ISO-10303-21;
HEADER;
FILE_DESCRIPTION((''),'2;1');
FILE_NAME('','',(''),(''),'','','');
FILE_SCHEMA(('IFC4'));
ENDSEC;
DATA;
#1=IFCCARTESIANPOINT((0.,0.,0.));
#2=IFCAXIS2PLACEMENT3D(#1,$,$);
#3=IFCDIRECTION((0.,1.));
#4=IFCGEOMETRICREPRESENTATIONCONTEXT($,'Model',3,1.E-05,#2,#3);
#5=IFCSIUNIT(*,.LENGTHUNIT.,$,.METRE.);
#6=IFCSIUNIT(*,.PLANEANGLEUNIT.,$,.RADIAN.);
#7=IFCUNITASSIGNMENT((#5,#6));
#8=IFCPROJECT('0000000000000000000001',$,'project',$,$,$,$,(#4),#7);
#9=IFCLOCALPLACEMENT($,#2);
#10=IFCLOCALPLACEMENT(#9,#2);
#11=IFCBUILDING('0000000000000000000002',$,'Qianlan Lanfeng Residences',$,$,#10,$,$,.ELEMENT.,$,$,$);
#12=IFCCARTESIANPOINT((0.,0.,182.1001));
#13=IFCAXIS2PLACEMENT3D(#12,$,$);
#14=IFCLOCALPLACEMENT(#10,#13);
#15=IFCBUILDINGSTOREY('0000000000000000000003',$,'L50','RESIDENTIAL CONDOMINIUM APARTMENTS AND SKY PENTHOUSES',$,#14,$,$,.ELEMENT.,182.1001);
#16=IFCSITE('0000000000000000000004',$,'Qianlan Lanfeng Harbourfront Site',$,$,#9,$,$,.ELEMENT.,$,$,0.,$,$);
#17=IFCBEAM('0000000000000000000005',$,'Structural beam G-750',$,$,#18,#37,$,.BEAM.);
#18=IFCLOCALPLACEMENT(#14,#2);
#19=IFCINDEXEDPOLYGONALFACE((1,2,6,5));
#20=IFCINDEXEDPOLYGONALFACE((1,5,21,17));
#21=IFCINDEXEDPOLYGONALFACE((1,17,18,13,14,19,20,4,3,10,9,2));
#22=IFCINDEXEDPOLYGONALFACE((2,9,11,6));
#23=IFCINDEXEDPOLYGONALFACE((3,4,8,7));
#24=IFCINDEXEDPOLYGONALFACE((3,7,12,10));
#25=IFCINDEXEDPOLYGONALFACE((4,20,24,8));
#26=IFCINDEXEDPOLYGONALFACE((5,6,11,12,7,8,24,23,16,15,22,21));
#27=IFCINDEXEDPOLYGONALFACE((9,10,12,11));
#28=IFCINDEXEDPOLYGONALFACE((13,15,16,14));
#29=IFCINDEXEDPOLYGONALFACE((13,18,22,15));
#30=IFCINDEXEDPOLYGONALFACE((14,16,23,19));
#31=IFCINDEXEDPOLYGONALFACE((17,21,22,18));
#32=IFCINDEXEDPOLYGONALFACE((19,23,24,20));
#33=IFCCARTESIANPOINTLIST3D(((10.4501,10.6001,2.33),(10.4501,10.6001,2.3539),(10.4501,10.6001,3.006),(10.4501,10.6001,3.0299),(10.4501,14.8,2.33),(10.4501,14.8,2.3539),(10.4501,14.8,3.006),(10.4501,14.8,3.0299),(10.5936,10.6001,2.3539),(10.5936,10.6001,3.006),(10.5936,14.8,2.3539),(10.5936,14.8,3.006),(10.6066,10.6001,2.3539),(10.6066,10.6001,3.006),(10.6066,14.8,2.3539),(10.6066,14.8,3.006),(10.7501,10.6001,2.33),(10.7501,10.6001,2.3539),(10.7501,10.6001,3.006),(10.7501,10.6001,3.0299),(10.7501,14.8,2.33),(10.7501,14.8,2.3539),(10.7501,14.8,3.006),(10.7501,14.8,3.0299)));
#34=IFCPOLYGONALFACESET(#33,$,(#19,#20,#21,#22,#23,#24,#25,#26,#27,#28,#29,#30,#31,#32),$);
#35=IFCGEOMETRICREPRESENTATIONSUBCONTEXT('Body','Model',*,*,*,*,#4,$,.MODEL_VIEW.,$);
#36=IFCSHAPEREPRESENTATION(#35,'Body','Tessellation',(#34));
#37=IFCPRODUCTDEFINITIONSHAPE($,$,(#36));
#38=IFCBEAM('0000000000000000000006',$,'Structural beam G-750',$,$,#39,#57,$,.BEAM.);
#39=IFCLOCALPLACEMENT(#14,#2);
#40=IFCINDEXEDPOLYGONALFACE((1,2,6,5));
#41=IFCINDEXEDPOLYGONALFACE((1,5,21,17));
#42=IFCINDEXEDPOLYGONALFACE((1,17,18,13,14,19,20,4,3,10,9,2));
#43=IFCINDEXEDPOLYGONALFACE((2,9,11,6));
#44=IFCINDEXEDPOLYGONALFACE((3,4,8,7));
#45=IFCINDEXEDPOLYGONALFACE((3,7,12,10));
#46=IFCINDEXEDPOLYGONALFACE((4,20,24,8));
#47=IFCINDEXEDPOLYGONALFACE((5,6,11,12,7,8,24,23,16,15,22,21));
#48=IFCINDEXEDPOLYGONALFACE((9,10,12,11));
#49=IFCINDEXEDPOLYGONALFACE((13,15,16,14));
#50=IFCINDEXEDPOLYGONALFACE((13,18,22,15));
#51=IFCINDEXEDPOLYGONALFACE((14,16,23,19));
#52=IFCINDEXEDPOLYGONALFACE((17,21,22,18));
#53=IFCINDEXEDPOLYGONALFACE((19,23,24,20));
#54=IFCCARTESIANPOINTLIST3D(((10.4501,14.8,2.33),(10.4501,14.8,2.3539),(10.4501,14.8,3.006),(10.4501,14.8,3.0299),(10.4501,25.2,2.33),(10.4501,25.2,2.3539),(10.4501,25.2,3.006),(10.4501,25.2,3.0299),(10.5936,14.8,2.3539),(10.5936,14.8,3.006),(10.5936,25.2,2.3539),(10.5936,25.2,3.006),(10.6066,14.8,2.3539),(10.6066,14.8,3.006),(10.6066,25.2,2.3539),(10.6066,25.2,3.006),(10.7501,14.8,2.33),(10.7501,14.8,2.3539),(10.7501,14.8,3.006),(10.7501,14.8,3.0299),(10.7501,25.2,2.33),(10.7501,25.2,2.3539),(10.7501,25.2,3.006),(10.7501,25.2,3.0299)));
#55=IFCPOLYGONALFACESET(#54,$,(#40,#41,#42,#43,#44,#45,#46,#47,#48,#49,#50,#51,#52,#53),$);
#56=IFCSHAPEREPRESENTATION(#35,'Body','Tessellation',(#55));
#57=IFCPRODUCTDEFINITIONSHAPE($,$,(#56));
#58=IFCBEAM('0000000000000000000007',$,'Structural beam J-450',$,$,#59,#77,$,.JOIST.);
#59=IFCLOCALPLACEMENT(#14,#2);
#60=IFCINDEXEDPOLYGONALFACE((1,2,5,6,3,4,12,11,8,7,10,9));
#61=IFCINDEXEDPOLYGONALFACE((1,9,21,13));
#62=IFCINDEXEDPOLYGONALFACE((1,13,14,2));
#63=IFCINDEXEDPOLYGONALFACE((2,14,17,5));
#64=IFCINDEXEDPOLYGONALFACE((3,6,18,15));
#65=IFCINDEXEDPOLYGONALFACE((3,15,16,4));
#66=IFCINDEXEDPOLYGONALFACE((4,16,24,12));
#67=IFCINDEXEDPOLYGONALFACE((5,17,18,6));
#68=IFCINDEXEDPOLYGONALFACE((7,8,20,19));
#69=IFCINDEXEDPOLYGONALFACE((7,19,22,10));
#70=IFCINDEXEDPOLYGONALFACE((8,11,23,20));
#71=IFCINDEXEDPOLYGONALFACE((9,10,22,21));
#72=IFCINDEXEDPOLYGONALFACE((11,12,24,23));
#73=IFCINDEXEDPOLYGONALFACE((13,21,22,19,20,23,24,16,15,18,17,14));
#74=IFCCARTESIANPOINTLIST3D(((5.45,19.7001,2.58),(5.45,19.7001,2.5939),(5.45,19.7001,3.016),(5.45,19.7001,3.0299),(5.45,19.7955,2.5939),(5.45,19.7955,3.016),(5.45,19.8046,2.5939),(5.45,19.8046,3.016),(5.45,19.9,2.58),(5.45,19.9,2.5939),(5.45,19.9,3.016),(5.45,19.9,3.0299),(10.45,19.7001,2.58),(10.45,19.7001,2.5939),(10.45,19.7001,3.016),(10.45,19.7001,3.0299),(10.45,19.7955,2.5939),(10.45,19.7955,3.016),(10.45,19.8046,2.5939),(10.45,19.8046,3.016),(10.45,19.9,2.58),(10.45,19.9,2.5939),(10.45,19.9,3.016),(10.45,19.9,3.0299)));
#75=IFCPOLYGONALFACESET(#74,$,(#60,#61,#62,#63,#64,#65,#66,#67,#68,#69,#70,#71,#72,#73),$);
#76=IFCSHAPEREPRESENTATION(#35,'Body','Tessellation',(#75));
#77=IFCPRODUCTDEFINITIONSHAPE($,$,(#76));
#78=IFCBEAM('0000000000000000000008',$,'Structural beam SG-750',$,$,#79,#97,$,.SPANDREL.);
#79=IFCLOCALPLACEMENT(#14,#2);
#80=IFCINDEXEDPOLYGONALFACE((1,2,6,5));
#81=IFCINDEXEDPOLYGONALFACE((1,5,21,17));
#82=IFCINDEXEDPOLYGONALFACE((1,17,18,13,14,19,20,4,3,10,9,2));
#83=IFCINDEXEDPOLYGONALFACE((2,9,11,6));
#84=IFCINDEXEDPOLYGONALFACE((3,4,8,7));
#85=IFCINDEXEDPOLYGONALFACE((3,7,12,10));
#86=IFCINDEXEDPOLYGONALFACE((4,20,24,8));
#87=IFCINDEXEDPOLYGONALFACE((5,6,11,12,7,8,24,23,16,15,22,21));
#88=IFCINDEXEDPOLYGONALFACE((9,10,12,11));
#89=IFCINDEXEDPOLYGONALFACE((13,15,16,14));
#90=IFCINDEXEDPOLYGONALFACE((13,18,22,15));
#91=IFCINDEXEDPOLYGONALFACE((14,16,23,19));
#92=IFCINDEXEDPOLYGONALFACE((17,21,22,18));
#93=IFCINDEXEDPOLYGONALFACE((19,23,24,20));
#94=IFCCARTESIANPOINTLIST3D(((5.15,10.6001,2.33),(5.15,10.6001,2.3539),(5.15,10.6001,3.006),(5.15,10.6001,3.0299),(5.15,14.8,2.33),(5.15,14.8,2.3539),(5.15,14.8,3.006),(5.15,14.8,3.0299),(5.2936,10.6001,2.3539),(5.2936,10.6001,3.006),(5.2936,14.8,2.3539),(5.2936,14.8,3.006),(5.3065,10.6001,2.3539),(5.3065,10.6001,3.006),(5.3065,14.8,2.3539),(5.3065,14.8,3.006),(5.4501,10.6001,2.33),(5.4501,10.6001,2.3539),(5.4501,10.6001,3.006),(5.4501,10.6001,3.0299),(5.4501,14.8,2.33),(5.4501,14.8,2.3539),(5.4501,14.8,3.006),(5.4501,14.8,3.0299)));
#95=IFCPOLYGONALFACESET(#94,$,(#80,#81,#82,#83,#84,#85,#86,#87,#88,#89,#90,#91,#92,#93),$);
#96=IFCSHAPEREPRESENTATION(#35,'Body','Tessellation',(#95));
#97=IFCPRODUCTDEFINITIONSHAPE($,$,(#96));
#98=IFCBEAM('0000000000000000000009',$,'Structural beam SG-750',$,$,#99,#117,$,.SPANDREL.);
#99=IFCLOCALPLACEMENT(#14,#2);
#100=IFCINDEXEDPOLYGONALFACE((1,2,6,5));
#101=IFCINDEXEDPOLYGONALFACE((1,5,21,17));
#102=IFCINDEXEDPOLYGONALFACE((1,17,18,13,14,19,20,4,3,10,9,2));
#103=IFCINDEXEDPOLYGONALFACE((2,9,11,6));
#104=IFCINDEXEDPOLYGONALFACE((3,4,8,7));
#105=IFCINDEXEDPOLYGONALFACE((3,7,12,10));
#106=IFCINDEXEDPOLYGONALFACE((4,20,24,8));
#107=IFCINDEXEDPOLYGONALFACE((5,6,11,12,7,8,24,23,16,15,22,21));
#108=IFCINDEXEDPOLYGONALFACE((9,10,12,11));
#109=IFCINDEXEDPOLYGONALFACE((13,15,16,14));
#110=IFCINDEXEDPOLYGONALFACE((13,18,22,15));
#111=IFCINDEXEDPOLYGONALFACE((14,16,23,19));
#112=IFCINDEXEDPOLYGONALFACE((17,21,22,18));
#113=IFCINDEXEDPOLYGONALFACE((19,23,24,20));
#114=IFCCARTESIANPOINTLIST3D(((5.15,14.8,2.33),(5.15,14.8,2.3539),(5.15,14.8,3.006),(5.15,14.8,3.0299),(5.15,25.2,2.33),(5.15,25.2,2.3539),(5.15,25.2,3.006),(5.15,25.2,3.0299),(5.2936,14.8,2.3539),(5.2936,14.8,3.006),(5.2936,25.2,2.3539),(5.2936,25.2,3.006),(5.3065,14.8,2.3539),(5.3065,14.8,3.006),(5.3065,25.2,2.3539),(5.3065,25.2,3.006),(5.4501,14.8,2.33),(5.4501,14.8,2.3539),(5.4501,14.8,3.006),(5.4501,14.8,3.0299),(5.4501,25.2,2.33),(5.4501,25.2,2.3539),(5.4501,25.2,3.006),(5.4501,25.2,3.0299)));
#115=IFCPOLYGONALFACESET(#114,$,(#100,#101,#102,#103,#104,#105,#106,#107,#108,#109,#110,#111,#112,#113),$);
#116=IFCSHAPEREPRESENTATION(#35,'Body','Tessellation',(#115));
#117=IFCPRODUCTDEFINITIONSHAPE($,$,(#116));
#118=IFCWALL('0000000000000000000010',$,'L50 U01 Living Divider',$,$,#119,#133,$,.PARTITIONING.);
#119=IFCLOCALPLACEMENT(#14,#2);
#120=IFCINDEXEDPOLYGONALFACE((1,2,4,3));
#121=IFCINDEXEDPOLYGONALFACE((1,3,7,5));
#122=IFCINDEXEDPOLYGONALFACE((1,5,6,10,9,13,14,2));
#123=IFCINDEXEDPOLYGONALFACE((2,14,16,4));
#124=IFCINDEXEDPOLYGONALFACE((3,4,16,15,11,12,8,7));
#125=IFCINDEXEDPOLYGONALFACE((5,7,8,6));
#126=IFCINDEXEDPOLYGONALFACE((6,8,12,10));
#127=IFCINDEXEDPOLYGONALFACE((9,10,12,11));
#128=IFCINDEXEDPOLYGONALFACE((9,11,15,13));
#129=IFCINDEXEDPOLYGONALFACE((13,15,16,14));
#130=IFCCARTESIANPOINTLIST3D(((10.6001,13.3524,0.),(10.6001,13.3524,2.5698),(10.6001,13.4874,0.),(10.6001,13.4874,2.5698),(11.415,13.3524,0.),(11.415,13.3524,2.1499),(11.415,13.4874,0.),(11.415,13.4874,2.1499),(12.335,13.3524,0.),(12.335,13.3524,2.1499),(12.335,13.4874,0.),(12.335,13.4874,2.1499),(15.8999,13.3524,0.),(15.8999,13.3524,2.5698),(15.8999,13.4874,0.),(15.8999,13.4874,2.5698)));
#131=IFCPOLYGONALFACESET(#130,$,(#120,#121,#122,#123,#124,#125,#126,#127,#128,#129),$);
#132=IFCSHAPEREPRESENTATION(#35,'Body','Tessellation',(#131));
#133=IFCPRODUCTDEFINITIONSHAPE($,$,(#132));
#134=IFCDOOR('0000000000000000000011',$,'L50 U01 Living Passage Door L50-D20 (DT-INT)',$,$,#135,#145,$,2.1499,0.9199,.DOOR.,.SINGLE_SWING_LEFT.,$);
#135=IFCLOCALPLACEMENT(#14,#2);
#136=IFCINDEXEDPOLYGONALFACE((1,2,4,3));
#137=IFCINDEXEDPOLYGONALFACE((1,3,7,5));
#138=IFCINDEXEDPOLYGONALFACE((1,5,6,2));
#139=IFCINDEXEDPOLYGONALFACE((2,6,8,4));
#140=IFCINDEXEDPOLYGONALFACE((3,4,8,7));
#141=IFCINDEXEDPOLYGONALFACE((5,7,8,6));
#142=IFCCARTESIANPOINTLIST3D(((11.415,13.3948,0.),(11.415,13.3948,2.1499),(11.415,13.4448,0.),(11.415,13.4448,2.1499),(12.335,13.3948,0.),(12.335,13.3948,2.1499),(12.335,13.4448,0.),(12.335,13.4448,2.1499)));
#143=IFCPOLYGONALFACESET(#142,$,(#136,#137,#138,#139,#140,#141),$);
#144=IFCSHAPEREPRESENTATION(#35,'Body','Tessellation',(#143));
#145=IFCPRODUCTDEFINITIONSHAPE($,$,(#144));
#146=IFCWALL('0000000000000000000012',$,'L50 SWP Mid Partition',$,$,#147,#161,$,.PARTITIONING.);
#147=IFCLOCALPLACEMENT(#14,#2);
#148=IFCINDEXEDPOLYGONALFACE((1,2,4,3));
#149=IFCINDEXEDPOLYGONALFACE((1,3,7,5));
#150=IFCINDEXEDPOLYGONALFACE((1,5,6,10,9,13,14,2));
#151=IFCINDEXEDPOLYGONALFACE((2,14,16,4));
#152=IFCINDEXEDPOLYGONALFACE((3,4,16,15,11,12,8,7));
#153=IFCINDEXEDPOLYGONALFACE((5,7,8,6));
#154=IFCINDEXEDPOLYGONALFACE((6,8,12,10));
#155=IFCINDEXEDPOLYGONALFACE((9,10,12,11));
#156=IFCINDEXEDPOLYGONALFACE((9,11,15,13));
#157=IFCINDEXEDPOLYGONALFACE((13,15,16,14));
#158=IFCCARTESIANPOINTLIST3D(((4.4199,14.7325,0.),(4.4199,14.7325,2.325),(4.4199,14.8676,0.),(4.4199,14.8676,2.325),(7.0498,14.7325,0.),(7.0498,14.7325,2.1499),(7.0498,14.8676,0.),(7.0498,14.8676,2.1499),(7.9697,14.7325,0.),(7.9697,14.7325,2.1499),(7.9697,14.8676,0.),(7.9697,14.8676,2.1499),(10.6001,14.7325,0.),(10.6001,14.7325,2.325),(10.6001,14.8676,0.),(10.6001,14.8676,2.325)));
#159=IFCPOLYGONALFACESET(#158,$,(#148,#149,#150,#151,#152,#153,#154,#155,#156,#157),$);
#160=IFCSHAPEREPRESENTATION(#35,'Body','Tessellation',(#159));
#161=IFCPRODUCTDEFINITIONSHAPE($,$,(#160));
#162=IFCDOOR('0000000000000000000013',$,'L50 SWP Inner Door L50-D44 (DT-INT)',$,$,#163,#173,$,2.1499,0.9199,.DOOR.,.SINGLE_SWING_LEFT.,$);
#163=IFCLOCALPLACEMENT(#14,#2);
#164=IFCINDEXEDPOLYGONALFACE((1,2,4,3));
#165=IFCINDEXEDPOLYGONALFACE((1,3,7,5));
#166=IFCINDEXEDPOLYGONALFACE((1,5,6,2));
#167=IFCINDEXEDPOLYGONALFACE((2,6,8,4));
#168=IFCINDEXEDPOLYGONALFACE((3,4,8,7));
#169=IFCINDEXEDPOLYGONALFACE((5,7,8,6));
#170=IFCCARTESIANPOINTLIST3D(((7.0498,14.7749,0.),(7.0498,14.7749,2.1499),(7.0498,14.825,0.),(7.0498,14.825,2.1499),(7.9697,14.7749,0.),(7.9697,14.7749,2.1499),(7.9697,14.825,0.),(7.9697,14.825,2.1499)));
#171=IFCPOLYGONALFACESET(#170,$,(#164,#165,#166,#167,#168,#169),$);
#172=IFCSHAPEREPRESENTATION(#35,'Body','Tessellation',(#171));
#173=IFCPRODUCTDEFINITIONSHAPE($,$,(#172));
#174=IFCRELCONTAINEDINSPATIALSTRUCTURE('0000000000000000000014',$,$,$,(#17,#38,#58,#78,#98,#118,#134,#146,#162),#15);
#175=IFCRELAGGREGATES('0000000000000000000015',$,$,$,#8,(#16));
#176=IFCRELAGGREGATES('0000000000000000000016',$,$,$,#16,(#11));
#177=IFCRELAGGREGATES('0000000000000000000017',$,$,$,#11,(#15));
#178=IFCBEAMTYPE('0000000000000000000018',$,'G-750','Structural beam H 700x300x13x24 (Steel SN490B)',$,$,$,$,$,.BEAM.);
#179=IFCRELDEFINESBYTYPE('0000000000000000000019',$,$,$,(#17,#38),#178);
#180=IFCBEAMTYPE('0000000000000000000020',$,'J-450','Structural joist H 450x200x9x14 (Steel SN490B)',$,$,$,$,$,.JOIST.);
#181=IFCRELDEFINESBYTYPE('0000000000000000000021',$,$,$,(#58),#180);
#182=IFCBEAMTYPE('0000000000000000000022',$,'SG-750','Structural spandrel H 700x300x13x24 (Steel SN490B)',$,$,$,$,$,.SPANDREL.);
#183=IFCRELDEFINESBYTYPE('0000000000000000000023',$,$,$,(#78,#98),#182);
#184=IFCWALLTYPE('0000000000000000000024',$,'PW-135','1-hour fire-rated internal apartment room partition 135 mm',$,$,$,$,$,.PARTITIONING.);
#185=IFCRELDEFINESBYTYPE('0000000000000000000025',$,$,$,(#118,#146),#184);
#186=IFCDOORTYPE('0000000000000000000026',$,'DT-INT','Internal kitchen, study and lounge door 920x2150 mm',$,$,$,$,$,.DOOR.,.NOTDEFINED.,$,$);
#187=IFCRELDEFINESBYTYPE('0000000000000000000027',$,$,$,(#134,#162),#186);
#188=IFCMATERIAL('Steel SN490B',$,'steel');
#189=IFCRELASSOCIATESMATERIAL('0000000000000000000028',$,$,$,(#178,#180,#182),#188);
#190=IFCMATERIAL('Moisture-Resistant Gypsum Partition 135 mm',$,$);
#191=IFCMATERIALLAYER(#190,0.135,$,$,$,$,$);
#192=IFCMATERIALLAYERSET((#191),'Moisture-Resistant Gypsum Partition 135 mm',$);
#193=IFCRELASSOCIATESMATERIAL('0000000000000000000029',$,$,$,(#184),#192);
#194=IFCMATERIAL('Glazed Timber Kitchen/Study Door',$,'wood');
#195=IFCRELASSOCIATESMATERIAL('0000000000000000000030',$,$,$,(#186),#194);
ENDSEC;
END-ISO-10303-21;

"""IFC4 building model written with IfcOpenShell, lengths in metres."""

from ifc_helpers import new_model, si_unit, direction, frame, frame_2d, origin, origin_2d, place, context, subcontext, project, spatial, rectangle, i_section, extrude, material, layer, layer_set, material_profile, profile_set, type_object, element, fill, save


model = new_model("IFC4")

# Units and contexts
model_context = context("Model", 3, precision=1e-05, world=origin(), true_north=direction((0.0, 1.0)))
body_context = subcontext(model_context, "Body", "Model", "MODEL_VIEW")
ifc_project = project(units=[si_unit("LENGTHUNIT", "METRE"), si_unit("PLANEANGLEUNIT", "RADIAN")], contexts=[model_context])

# Site, building, storey
site_placement = place(None, origin())
site = spatial("IfcSite", under=ifc_project, at=site_placement, Name="Qianlan Lanfeng Harbourfront Site", CompositionType="ELEMENT", RefElevation=0.0)
building_placement = place(site_placement, origin())
building = spatial("IfcBuilding", under=site, at=building_placement, Name="Qianlan Lanfeng Residences", CompositionType="ELEMENT")
storey_placement = place(building_placement, frame((0.0, 0.0, 182.1001)))
storey = spatial("IfcBuildingStorey", under=building, at=storey_placement, Name="L50", Description="RESIDENTIAL CONDOMINIUM APARTMENTS AND SKY PENTHOUSES", CompositionType="ELEMENT", Elevation=182.1001)

# Shared definitions
ifc_material_1 = material(Name="Steel SN490B", Category="steel")

# Beams
ifc_material_profile_1 = material_profile(ifc_material_1, i_section(OverallWidth=0.3, OverallDepth=0.7, WebThickness=0.0129, FlangeThickness=0.0239, at=origin_2d()), Name="H 700x300x13x24")
ifc_profile_set_1 = profile_set([ifc_material_profile_1], Name="Steel SN490B")
beam_type_1 = type_object("IfcBeamType", Name="G-750", Description="Structural beam H 700x300x13x24 (Steel SN490B)", PredefinedType="BEAM", material=ifc_profile_set_1)
beam_1_placement = place(storey_placement, frame((10.6001, 10.6001, 2.6799), z_axis=(0.0, 1.0, 0.0), x_axis=(-1.0, 0.0, 0.0)))
element("IfcBeam", 1, at=beam_1_placement, inside=storey, type_object=beam_type_1, Name="Structural beam G-750", PredefinedType="BEAM", context=body_context, shape_type="SweptSolid", body=[
    extrude(i_section(OverallWidth=0.3, OverallDepth=0.7, WebThickness=0.0129, FlangeThickness=0.0239, at=origin_2d()), origin(), (0.0, 0.0, 1.0), 4.2),
])
beam_2_placement = place(storey_placement, frame((10.6001, 14.8, 2.6799), z_axis=(0.0, 1.0, 0.0), x_axis=(-1.0, 0.0, 0.0)))
element("IfcBeam", 2, at=beam_2_placement, inside=storey, type_object=beam_type_1, Name="Structural beam G-750", PredefinedType="BEAM", context=body_context, shape_type="SweptSolid", body=[
    extrude(i_section(OverallWidth=0.3, OverallDepth=0.7, WebThickness=0.0129, FlangeThickness=0.0239, at=origin_2d()), origin(), (0.0, 0.0, 1.0), 10.3999),
])
ifc_material_profile_2 = material_profile(ifc_material_1, i_section(OverallWidth=0.2, OverallDepth=0.45, WebThickness=0.009, FlangeThickness=0.0139, at=origin_2d()), Name="H 450x200x9x14")
ifc_profile_set_2 = profile_set([ifc_material_profile_2], Name="Steel SN490B")
beam_type_2 = type_object("IfcBeamType", Name="J-450", Description="Structural joist H 450x200x9x14 (Steel SN490B)", PredefinedType="JOIST", material=ifc_profile_set_2)
beam_3_placement = place(storey_placement, frame((5.45, 19.8, 2.8049), z_axis=(1.0, 0.0, 0.0), x_axis=(0.0, 1.0, 0.0)))
element("IfcBeam", 3, at=beam_3_placement, inside=storey, type_object=beam_type_2, Name="Structural beam J-450", PredefinedType="JOIST", context=body_context, shape_type="SweptSolid", body=[
    extrude(i_section(OverallWidth=0.2, OverallDepth=0.45, WebThickness=0.009, FlangeThickness=0.0139, at=origin_2d()), origin(), (0.0, 0.0, 1.0), 5.0),
])
ifc_material_profile_3 = material_profile(ifc_material_1, i_section(OverallWidth=0.3, OverallDepth=0.7, WebThickness=0.0129, FlangeThickness=0.0239, at=origin_2d()), Name="H 700x300x13x24")
ifc_profile_set_3 = profile_set([ifc_material_profile_3], Name="Steel SN490B")
beam_type_3 = type_object("IfcBeamType", Name="SG-750", Description="Structural spandrel H 700x300x13x24 (Steel SN490B)", PredefinedType="SPANDREL", material=ifc_profile_set_3)
beam_4_placement = place(storey_placement, frame((5.3, 10.6001, 2.6799), z_axis=(0.0, 1.0, 0.0), x_axis=(-1.0, 0.0, 0.0)))
element("IfcBeam", 4, at=beam_4_placement, inside=storey, type_object=beam_type_3, Name="Structural beam SG-750", PredefinedType="SPANDREL", context=body_context, shape_type="SweptSolid", body=[
    extrude(i_section(OverallWidth=0.3, OverallDepth=0.7, WebThickness=0.0129, FlangeThickness=0.0239, at=origin_2d()), origin(), (0.0, 0.0, 1.0), 4.2),
])
beam_5_placement = place(storey_placement, frame((5.3, 14.8, 2.6799), z_axis=(0.0, 1.0, 0.0), x_axis=(-1.0, 0.0, 0.0)))
element("IfcBeam", 5, at=beam_5_placement, inside=storey, type_object=beam_type_3, Name="Structural beam SG-750", PredefinedType="SPANDREL", context=body_context, shape_type="SweptSolid", body=[
    extrude(i_section(OverallWidth=0.3, OverallDepth=0.7, WebThickness=0.0129, FlangeThickness=0.0239, at=origin_2d()), origin(), (0.0, 0.0, 1.0), 10.3999),
])

# Walls, openings, doors
ifc_material_2 = material(Name="Moisture-Resistant Gypsum Partition 135 mm")
ifc_layer_1 = layer(ifc_material_2, 0.135)
ifc_layer_set_1 = layer_set([ifc_layer_1], Name="Moisture-Resistant Gypsum Partition 135 mm")
wall_type_1 = type_object("IfcWallType", Name="PW-135", Description="1-hour fire-rated internal apartment room partition 135 mm", PredefinedType="PARTITIONING", material=ifc_layer_set_1)
wall_1_placement = place(storey_placement, frame((10.6001, 13.4199, 0.0), z_axis=(0.0, 0.0, 1.0), x_axis=(1.0, 0.0, 0.0)))
wall_1 = element("IfcWall", 6, at=wall_1_placement, inside=storey, type_object=wall_type_1, Name="L50 U01 Living Divider", PredefinedType="PARTITIONING", context=body_context, shape_type="SweptSolid", body=[
    extrude(rectangle(XDim=5.2998, YDim=0.135, at=frame_2d((2.6499, 0.0))), origin(), (0.0, 0.0, 1.0), 2.5698),
])
opening_1_placement = place(wall_1_placement, frame((0.8149, 0.0, 0.0)))
opening_1 = element("IfcOpeningElement", 7, at=opening_1_placement, cuts=wall_1, PredefinedType="OPENING", context=body_context, shape_type="SweptSolid", body=[
    extrude(rectangle(XDim=0.9199, YDim=2.1499, at=frame_2d((0.46, 1.075))), frame((0.0, 0.0776, 0.0), z_axis=(0.0, -1.0, 0.0), x_axis=(1.0, 0.0, 0.0)), (0.0, 0.0, 1.0), 0.155),
])
ifc_material_3 = material(Name="Glazed Timber Kitchen/Study Door", Category="wood")
door_type_1 = type_object("IfcDoorType", Name="DT-INT", Description="Internal kitchen, study and lounge door 920x2150 mm", OperationType="NOTDEFINED", PredefinedType="DOOR", material=ifc_material_3)
door_1_placement = place(opening_1_placement, origin())
door_1 = element("IfcDoor", 8, at=door_1_placement, inside=storey, type_object=door_type_1, Name="L50 U01 Living Passage Door L50-D20 (DT-INT)", OperationType="SINGLE_SWING_LEFT", OverallHeight=2.1499, OverallWidth=0.9199, PredefinedType="DOOR", context=body_context, shape_type="SweptSolid", body=[
    extrude(rectangle(XDim=0.9199, YDim=2.1499, at=frame_2d((0.46, 1.075))), frame((0.0, 0.0249, 0.0), z_axis=(0.0, -1.0, 0.0), x_axis=(1.0, 0.0, 0.0)), (0.0, 0.0, 1.0), 0.05),
])
fill(opening_1, door_1)
wall_2_placement = place(storey_placement, frame((4.4199, 14.8, 0.0), z_axis=(0.0, 0.0, 1.0), x_axis=(1.0, 0.0, 0.0)))
wall_2 = element("IfcWall", 9, at=wall_2_placement, inside=storey, type_object=wall_type_1, Name="L50 SWP Mid Partition", PredefinedType="PARTITIONING", context=body_context, shape_type="SweptSolid", body=[
    extrude(rectangle(XDim=6.1802, YDim=0.135, at=frame_2d((3.0901, 0.0))), origin(), (0.0, 0.0, 1.0), 2.325),
])
opening_2_placement = place(wall_2_placement, frame((2.6299, 0.0, 0.0)))
opening_2 = element("IfcOpeningElement", 10, at=opening_2_placement, cuts=wall_2, PredefinedType="OPENING", context=body_context, shape_type="SweptSolid", body=[
    extrude(rectangle(XDim=0.9199, YDim=2.1499, at=frame_2d((0.46, 1.075))), frame((0.0, 0.0776, 0.0), z_axis=(0.0, -1.0, 0.0), x_axis=(1.0, 0.0, 0.0)), (0.0, 0.0, 1.0), 0.155),
])
door_2_placement = place(opening_2_placement, origin())
door_2 = element("IfcDoor", 11, at=door_2_placement, inside=storey, type_object=door_type_1, Name="L50 SWP Inner Door L50-D44 (DT-INT)", OperationType="SINGLE_SWING_LEFT", OverallHeight=2.1499, OverallWidth=0.9199, PredefinedType="DOOR", context=body_context, shape_type="SweptSolid", body=[
    extrude(rectangle(XDim=0.9199, YDim=2.1499, at=frame_2d((0.46, 1.075))), frame((0.0, 0.0249, 0.0), z_axis=(0.0, -1.0, 0.0), x_axis=(1.0, 0.0, 0.0)), (0.0, 0.0, 1.0), 0.05),
])
fill(opening_2, door_2)

save(model, "model.ifc")
